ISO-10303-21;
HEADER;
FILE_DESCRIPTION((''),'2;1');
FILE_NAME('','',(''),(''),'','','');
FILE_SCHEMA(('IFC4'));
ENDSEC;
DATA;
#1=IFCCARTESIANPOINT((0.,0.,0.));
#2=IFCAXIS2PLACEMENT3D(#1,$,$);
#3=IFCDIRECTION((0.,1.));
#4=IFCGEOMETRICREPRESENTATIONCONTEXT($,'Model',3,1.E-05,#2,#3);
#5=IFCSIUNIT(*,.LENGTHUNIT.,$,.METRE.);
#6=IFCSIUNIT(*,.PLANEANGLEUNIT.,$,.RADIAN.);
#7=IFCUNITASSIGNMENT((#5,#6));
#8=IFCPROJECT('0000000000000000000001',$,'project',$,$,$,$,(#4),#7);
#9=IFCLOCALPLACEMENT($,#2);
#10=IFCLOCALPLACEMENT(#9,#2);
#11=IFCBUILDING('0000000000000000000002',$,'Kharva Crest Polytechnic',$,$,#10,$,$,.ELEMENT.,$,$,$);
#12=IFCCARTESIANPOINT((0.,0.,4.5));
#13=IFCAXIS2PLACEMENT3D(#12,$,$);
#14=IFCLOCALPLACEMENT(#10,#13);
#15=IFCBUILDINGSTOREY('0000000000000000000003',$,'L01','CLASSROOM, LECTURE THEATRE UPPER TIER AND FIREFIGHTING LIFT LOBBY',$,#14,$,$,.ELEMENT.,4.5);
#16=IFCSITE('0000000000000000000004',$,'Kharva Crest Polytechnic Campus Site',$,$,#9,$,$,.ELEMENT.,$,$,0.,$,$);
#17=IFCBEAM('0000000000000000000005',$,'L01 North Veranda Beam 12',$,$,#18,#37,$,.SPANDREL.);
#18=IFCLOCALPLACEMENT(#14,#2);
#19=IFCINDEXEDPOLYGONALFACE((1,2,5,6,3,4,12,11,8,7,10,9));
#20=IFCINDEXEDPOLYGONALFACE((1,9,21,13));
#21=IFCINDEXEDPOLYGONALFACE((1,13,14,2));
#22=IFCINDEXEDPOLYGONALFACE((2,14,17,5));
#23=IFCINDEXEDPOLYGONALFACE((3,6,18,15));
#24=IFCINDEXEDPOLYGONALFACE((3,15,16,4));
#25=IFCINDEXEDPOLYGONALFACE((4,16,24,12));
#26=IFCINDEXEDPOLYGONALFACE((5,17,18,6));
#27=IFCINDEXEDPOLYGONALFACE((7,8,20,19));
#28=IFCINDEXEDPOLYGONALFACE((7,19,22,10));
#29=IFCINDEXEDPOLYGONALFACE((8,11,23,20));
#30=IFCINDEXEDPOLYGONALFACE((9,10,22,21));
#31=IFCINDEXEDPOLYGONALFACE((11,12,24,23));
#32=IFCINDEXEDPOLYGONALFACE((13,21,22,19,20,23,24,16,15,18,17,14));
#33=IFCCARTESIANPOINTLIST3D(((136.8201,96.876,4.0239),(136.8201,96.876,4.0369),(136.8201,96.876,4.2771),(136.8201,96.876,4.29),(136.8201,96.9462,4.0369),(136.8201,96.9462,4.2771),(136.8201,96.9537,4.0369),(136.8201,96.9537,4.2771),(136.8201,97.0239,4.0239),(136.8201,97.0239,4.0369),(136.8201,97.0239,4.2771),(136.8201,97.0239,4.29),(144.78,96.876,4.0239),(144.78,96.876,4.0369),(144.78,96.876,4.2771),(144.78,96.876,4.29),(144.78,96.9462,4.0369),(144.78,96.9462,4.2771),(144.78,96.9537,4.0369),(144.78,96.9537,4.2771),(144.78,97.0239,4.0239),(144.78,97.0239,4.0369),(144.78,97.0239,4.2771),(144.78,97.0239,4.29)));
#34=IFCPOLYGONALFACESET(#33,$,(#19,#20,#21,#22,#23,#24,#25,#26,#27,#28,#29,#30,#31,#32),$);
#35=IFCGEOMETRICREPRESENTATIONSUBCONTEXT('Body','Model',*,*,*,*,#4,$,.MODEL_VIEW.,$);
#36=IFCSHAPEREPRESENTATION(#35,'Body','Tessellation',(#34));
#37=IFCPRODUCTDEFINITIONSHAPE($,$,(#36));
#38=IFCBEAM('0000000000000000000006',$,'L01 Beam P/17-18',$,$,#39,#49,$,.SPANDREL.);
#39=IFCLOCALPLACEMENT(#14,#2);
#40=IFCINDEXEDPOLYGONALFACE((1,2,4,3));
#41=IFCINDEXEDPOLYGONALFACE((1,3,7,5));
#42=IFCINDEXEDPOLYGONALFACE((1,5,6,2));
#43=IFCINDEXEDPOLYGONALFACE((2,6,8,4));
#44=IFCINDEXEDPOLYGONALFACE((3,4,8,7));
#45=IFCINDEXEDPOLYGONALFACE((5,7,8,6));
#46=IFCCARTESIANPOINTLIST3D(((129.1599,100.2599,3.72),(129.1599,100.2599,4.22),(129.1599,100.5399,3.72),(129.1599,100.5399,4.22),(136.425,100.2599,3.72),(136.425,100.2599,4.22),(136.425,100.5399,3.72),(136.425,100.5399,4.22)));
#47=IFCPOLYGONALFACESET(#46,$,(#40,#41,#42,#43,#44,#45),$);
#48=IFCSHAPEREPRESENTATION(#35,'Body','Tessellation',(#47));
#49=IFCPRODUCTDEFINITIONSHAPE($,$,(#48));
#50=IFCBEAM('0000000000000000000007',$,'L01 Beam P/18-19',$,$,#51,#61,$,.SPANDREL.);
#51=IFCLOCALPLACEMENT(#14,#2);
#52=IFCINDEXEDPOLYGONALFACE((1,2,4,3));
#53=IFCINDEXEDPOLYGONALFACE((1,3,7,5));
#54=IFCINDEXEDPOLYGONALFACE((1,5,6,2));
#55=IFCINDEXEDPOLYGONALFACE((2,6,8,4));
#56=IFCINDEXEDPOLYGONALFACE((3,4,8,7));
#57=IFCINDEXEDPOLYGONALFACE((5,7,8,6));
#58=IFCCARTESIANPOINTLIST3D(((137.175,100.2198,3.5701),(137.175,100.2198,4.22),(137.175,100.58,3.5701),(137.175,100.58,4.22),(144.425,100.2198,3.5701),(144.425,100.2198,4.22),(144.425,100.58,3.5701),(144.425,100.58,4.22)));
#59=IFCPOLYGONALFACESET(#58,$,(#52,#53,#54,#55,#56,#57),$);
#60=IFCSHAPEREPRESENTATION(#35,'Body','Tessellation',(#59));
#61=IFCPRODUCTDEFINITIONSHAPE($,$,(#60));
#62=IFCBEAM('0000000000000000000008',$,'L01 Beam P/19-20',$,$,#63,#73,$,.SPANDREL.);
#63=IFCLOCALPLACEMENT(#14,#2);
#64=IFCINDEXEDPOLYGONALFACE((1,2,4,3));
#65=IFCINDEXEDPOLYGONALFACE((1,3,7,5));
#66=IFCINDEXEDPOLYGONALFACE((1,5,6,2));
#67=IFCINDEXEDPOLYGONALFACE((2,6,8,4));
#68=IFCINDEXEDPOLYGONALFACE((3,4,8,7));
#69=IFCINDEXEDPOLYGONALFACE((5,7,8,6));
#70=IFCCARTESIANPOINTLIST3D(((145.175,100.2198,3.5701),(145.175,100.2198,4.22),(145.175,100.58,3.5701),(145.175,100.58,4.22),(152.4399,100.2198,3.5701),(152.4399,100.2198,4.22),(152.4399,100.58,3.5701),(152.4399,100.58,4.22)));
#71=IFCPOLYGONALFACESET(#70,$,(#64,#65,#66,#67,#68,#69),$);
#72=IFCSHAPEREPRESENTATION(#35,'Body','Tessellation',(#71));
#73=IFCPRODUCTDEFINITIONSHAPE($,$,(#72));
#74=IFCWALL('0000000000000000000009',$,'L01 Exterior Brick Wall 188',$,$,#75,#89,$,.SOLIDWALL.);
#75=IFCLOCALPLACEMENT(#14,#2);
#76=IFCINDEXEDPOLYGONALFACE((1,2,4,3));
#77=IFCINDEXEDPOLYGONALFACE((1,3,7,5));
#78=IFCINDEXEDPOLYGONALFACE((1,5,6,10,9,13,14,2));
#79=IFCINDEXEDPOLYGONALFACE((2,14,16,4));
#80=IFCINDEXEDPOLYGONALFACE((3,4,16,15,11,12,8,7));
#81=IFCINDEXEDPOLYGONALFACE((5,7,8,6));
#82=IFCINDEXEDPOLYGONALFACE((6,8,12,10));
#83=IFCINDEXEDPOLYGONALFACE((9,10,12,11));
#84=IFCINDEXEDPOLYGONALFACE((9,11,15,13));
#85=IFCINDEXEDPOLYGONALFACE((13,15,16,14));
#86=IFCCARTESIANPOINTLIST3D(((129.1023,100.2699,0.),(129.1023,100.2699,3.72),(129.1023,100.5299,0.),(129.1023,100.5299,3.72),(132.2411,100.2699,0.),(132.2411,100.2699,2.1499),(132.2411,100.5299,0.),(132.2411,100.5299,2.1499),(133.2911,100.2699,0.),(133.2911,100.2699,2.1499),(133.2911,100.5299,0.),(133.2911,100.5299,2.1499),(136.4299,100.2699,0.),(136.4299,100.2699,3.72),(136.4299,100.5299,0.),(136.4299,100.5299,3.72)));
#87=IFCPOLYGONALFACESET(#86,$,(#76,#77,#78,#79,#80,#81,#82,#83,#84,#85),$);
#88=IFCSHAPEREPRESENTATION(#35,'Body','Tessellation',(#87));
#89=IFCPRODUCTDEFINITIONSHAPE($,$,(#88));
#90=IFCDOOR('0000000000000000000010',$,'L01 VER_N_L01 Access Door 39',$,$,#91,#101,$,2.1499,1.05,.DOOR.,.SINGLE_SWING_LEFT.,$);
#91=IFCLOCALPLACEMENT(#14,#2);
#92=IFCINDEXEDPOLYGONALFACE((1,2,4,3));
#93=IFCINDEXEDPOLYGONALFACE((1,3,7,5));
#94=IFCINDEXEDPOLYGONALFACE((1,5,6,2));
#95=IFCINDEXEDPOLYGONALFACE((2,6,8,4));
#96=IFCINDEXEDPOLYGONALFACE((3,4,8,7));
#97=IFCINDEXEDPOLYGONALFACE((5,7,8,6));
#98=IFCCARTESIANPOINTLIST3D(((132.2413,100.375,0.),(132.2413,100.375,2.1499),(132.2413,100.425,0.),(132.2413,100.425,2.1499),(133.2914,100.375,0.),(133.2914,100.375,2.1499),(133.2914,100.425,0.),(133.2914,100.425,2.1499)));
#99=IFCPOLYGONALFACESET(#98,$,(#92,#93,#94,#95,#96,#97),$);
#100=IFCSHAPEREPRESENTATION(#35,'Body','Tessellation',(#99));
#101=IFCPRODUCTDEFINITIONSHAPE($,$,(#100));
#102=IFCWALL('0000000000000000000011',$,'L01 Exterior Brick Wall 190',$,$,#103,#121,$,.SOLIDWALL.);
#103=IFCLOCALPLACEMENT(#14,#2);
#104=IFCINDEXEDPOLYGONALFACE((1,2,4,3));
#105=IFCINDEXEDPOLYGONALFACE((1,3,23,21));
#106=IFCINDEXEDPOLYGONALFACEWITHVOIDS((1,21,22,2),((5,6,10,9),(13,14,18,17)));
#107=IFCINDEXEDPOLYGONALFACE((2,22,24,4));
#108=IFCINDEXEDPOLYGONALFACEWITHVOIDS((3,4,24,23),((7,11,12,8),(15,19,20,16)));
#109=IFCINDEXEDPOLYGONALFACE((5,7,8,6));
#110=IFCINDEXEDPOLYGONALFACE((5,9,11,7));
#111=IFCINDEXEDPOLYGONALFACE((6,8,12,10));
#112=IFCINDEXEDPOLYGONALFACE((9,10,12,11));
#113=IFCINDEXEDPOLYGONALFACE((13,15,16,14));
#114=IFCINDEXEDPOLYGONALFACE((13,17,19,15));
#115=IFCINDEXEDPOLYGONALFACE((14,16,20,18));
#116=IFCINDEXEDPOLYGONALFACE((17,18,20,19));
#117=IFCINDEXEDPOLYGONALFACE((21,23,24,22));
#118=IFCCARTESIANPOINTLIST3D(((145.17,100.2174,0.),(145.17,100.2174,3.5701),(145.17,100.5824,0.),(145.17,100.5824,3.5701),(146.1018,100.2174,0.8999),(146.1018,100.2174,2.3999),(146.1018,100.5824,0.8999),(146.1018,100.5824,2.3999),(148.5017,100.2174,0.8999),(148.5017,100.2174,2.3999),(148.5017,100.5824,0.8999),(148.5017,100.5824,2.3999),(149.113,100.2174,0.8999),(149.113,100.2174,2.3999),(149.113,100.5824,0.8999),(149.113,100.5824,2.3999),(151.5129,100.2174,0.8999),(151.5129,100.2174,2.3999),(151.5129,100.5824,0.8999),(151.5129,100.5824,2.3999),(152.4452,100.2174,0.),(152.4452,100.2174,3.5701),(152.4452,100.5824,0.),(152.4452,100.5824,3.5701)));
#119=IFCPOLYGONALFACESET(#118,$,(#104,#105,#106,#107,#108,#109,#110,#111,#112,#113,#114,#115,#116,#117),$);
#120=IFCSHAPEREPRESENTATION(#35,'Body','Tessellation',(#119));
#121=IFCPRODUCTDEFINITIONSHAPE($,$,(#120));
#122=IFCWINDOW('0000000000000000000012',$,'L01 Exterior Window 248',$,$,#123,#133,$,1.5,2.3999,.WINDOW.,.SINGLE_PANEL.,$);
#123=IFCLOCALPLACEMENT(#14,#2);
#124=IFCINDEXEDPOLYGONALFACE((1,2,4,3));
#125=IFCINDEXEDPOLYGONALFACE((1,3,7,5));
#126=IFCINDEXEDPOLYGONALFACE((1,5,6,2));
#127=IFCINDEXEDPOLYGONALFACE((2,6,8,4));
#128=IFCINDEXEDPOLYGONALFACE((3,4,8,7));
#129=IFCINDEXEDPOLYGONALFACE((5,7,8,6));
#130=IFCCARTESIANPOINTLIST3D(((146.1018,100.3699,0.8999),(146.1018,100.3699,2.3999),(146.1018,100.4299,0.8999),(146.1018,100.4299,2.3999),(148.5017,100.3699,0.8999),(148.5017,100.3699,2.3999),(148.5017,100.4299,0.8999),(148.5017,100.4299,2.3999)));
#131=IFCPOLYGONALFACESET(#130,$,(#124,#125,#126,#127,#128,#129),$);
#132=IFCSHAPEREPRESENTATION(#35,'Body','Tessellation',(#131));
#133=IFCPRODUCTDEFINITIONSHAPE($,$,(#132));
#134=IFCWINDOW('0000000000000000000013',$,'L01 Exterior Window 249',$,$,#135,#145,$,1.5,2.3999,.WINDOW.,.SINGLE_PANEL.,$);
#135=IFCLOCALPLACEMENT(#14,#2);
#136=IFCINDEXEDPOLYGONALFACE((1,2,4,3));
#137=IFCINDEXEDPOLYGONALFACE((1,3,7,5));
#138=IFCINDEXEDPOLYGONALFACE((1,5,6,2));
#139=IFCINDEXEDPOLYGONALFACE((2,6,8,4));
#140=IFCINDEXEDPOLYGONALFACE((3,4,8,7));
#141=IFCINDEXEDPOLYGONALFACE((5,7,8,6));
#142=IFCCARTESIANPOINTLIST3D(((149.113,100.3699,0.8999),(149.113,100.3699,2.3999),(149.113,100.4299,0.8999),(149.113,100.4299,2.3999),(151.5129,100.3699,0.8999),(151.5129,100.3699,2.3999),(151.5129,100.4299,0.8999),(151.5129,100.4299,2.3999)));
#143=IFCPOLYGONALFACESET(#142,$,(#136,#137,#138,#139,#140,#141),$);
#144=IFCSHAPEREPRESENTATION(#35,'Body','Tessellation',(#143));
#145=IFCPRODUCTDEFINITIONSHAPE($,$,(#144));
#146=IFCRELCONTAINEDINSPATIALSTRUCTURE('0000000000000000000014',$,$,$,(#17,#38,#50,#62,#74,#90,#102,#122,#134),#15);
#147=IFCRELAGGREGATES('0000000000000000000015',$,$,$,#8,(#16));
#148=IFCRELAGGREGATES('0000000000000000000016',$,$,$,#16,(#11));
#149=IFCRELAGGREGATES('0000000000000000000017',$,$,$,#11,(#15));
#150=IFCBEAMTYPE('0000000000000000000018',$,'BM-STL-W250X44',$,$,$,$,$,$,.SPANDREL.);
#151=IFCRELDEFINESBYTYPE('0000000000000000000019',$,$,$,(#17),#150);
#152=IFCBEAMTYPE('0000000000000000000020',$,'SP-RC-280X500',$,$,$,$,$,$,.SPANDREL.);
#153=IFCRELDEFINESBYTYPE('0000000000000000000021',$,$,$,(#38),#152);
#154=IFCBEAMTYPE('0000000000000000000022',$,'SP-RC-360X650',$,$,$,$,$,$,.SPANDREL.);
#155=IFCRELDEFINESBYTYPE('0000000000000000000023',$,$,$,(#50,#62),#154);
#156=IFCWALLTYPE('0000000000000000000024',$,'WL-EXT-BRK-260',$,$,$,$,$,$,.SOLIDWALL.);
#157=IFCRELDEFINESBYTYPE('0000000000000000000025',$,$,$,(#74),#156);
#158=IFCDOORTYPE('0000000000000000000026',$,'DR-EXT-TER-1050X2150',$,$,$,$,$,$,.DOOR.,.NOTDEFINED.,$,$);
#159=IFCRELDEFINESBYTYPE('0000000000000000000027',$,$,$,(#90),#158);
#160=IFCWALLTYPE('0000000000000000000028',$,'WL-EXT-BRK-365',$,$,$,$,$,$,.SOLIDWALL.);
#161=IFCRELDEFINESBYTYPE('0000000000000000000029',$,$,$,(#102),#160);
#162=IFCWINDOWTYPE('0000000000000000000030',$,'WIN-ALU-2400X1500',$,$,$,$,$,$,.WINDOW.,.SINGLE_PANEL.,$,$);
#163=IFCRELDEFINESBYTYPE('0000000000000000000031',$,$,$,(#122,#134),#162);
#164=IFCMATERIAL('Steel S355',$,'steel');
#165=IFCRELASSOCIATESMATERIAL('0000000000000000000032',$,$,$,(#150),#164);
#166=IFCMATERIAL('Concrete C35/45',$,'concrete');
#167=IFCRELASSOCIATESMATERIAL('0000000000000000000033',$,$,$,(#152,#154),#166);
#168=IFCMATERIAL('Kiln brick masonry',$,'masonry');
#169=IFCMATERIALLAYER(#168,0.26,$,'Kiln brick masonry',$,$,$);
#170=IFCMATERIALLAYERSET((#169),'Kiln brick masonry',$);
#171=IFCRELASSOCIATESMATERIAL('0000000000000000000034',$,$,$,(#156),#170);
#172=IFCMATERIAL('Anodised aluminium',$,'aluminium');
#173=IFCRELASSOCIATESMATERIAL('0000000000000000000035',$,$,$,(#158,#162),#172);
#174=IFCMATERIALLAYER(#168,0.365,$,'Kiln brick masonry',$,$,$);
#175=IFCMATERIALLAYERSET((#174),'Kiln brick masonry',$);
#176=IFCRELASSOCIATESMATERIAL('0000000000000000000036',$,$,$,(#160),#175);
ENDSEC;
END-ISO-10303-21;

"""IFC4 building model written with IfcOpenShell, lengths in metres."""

from ifc_helpers import new_model, si_unit, direction, frame, frame_2d, origin, origin_2d, place, context, subcontext, project, spatial, rectangle, i_section, extrude, material, layer, layer_set, material_profile, profile_set, type_object, element, fill, save


model = new_model("IFC4")

# Units and contexts
model_context = context("Model", 3, precision=1e-05, world=origin(), true_north=direction((0.0, 1.0)))
body_context = subcontext(model_context, "Body", "Model", "MODEL_VIEW")
ifc_project = project(units=[si_unit("LENGTHUNIT", "METRE"), si_unit("PLANEANGLEUNIT", "RADIAN")], contexts=[model_context])

# Site, building, storey
site_placement = place(None, origin())
site = spatial("IfcSite", under=ifc_project, at=site_placement, Name="Kharva Crest Polytechnic Campus Site", CompositionType="ELEMENT", RefElevation=0.0)
building_placement = place(site_placement, origin())
building = spatial("IfcBuilding", under=site, at=building_placement, Name="Kharva Crest Polytechnic", CompositionType="ELEMENT")
storey_placement = place(building_placement, frame((0.0, 0.0, 4.5)))
storey = spatial("IfcBuildingStorey", under=building, at=storey_placement, Name="L01", Description="CLASSROOM, LECTURE THEATRE UPPER TIER AND FIREFIGHTING LIFT LOBBY", CompositionType="ELEMENT", Elevation=4.5)

# Shared definitions
ifc_material_1 = material(Name="Steel S355", Category="steel")

# Beams
ifc_material_2 = material(Name="Concrete C35/45", Category="concrete")
ifc_material_profile_1 = material_profile(ifc_material_1, i_section(OverallWidth=0.1479, OverallDepth=0.2661, WebThickness=0.0076, FlangeThickness=0.0129, at=origin_2d()), Name="W250X44.8")
ifc_profile_set_1 = profile_set([ifc_material_profile_1], Name="Steel S355")
beam_type_1 = type_object("IfcBeamType", Name="BM-STL-W250X44", PredefinedType="SPANDREL", material=ifc_profile_set_1)
for number, where, z_axis, x_axis, name in (
    (1, (136.8201, 96.95, 4.157), (1.0, 0.0, 0.0), (0.0, 1.0, 0.0), "L01 North Veranda Beam 12"),
):
    element("IfcBeam", number, at=place(storey_placement, frame(where, z_axis=z_axis, x_axis=x_axis)), inside=storey, type_object=beam_type_1, Name=name, PredefinedType="SPANDREL", context=body_context, shape_type="SweptSolid", body=[
        extrude(i_section(OverallWidth=0.1479, OverallDepth=0.2661, WebThickness=0.0076, FlangeThickness=0.0129, at=origin_2d()), origin(), (0.0, 0.0, 1.0), 7.96),
    ])
ifc_material_profile_2 = material_profile(ifc_material_2, rectangle(XDim=0.28, YDim=0.5, at=origin_2d()), Name="RECT 280 X 500")
ifc_profile_set_2 = profile_set([ifc_material_profile_2], Name="Concrete C35/45")
beam_type_2 = type_object("IfcBeamType", Name="SP-RC-280X500", PredefinedType="SPANDREL", material=ifc_profile_set_2)
beam_1_placement = place(storey_placement, frame((129.1599, 100.3999, 3.97), z_axis=(1.0, 0.0, 0.0), x_axis=(0.0, 1.0, 0.0)))
element("IfcBeam", 2, at=beam_1_placement, inside=storey, type_object=beam_type_2, Name="L01 Beam P/17-18", PredefinedType="SPANDREL", context=body_context, shape_type="SweptSolid", body=[
    extrude(rectangle(XDim=0.28, YDim=0.5, at=origin_2d()), origin(), (0.0, 0.0, 1.0), 7.2651),
])
ifc_material_profile_3 = material_profile(ifc_material_2, rectangle(XDim=0.3601, YDim=0.6499, at=origin_2d()), Name="RECT 360 X 650")
ifc_profile_set_3 = profile_set([ifc_material_profile_3], Name="Concrete C35/45")
beam_type_3 = type_object("IfcBeamType", Name="SP-RC-360X650", PredefinedType="SPANDREL", material=ifc_profile_set_3)
beam_2_placement = place(storey_placement, frame((137.175, 100.3999, 3.895), z_axis=(1.0, 0.0, 0.0), x_axis=(0.0, 1.0, 0.0)))
element("IfcBeam", 3, at=beam_2_placement, inside=storey, type_object=beam_type_3, Name="L01 Beam P/18-19", PredefinedType="SPANDREL", context=body_context, shape_type="SweptSolid", body=[
    extrude(rectangle(XDim=0.3601, YDim=0.6499, at=origin_2d()), origin(), (0.0, 0.0, 1.0), 7.25),
])
beam_3_placement = place(storey_placement, frame((145.175, 100.3999, 3.895), z_axis=(1.0, 0.0, 0.0), x_axis=(0.0, 1.0, 0.0)))
element("IfcBeam", 4, at=beam_3_placement, inside=storey, type_object=beam_type_3, Name="L01 Beam P/19-20", PredefinedType="SPANDREL", context=body_context, shape_type="SweptSolid", body=[
    extrude(rectangle(XDim=0.3601, YDim=0.6499, at=origin_2d()), origin(), (0.0, 0.0, 1.0), 7.2649),
])

# Wall, opening, door
ifc_material_3 = material(Name="Kiln brick masonry", Category="masonry")
ifc_layer_1 = layer(ifc_material_3, 0.26, Name="Kiln brick masonry")
ifc_layer_set_1 = layer_set([ifc_layer_1], Name="Kiln brick masonry")
wall_type_1 = type_object("IfcWallType", Name="WL-EXT-BRK-260", PredefinedType="SOLIDWALL", material=ifc_layer_set_1)
wall_1_placement = place(storey_placement, frame((129.1023, 100.3999, 0.0), z_axis=(0.0, 0.0, 1.0), x_axis=(1.0, 0.0, 0.0)))
wall_1 = element("IfcWall", 5, at=wall_1_placement, inside=storey, type_object=wall_type_1, Name="L01 Exterior Brick Wall 188", PredefinedType="SOLIDWALL", context=body_context, shape_type="SweptSolid", body=[
    extrude(rectangle(XDim=7.3276, YDim=0.26, at=frame_2d((3.6638, 0.0))), origin(), (0.0, 0.0, 1.0), 3.72),
])
opening_1_placement = place(wall_1_placement, frame((3.1389, 0.0, 0.0)))
opening_1 = element("IfcOpeningElement", 6, at=opening_1_placement, cuts=wall_1, PredefinedType="OPENING", context=body_context, shape_type="SweptSolid", body=[
    extrude(rectangle(XDim=1.05, YDim=2.1499, at=frame_2d((0.5249, 1.075))), frame((0.0, 0.1399, 0.0), z_axis=(0.0, -1.0, 0.0), x_axis=(1.0, 0.0, 0.0)), (0.0, 0.0, 1.0), 0.28),
])
ifc_material_4 = material(Name="Anodised aluminium", Category="aluminium")
door_type = type_object("IfcDoorType", Name="DR-EXT-TER-1050X2150", OperationType="NOTDEFINED", PredefinedType="DOOR", material=ifc_material_4)
door_placement = place(opening_1_placement, frame((1.05, 0.0, 0.0), z_axis=(0.0, 0.0, 1.0), x_axis=(-1.0, 0.0, 0.0)))
door = element("IfcDoor", 7, at=door_placement, inside=storey, type_object=door_type, Name="L01 VER_N_L01 Access Door 39", OperationType="SINGLE_SWING_LEFT", OverallHeight=2.1499, OverallWidth=1.05, PredefinedType="DOOR", context=body_context, shape_type="SweptSolid", body=[
    extrude(rectangle(XDim=1.05, YDim=2.1499, at=frame_2d((0.5249, 1.075))), frame((0.0, 0.0249, 0.0), z_axis=(0.0, -1.0, 0.0), x_axis=(1.0, 0.0, 0.0)), (0.0, 0.0, 1.0), 0.05),
])
fill(opening_1, door)

# Wall, openings, windows
ifc_layer_2 = layer(ifc_material_3, 0.365, Name="Kiln brick masonry")
ifc_layer_set_2 = layer_set([ifc_layer_2], Name="Kiln brick masonry")
wall_type_2 = type_object("IfcWallType", Name="WL-EXT-BRK-365", PredefinedType="SOLIDWALL", material=ifc_layer_set_2)
wall_2_placement = place(storey_placement, frame((145.1699, 100.3999, 0.0), z_axis=(0.0, 0.0, 1.0), x_axis=(1.0, 0.0, 0.0)))
wall_2 = element("IfcWall", 8, at=wall_2_placement, inside=storey, type_object=wall_type_2, Name="L01 Exterior Brick Wall 190", PredefinedType="SOLIDWALL", context=body_context, shape_type="SweptSolid", body=[
    extrude(rectangle(XDim=7.2751, YDim=0.365, at=frame_2d((3.6377, 0.0))), origin(), (0.0, 0.0, 1.0), 3.5701),
])
opening_2_placement = place(wall_2_placement, frame((0.9319, 0.0, 0.8999)))
opening_2 = element("IfcOpeningElement", 9, at=opening_2_placement, cuts=wall_2, PredefinedType="OPENING", context=body_context, shape_type="SweptSolid", body=[
    extrude(rectangle(XDim=2.3999, YDim=1.5, at=frame_2d((1.2, 0.75))), frame((0.0, 0.1924, 0.0), z_axis=(0.0, -1.0, 0.0), x_axis=(1.0, 0.0, 0.0)), (0.0, 0.0, 1.0), 0.385),
])
opening_3_placement = place(wall_2_placement, frame((3.9431, 0.0, 0.8999)))
opening_3 = element("IfcOpeningElement", 10, at=opening_3_placement, cuts=wall_2, PredefinedType="OPENING", context=body_context, shape_type="SweptSolid", body=[
    extrude(rectangle(XDim=2.3999, YDim=1.5, at=frame_2d((1.2, 0.75))), frame((0.0, 0.1924, 0.0), z_axis=(0.0, -1.0, 0.0), x_axis=(1.0, 0.0, 0.0)), (0.0, 0.0, 1.0), 0.385),
])
window_type_1 = type_object("IfcWindowType", Name="WIN-ALU-2400X1500", PartitioningType="SINGLE_PANEL", PredefinedType="WINDOW", material=ifc_material_4)
window_1_placement = place(opening_2_placement, origin())
window_1 = element("IfcWindow", 11, at=window_1_placement, inside=storey, type_object=window_type_1, Name="L01 Exterior Window 248", OverallHeight=1.5, OverallWidth=2.3999, PartitioningType="SINGLE_PANEL", PredefinedType="WINDOW", context=body_context, shape_type="SweptSolid", body=[
    extrude(rectangle(XDim=2.3999, YDim=1.5, at=frame_2d((1.2, 0.75))), frame((0.0, 0.03, 0.0), z_axis=(0.0, -1.0, 0.0), x_axis=(1.0, 0.0, 0.0)), (0.0, 0.0, 1.0), 0.0601),
])
fill(opening_2, window_1)
window_2_placement = place(opening_3_placement, origin())
window_2 = element("IfcWindow", 12, at=window_2_placement, inside=storey, type_object=window_type_1, Name="L01 Exterior Window 249", OverallHeight=1.5, OverallWidth=2.3999, PartitioningType="SINGLE_PANEL", PredefinedType="WINDOW", context=body_context, shape_type="SweptSolid", body=[
    extrude(rectangle(XDim=2.3999, YDim=1.5, at=frame_2d((1.2, 0.75))), frame((0.0, 0.03, 0.0), z_axis=(0.0, -1.0, 0.0), x_axis=(1.0, 0.0, 0.0)), (0.0, 0.0, 1.0), 0.0601),
])
fill(opening_3, window_2)

save(model, "model.ifc")
